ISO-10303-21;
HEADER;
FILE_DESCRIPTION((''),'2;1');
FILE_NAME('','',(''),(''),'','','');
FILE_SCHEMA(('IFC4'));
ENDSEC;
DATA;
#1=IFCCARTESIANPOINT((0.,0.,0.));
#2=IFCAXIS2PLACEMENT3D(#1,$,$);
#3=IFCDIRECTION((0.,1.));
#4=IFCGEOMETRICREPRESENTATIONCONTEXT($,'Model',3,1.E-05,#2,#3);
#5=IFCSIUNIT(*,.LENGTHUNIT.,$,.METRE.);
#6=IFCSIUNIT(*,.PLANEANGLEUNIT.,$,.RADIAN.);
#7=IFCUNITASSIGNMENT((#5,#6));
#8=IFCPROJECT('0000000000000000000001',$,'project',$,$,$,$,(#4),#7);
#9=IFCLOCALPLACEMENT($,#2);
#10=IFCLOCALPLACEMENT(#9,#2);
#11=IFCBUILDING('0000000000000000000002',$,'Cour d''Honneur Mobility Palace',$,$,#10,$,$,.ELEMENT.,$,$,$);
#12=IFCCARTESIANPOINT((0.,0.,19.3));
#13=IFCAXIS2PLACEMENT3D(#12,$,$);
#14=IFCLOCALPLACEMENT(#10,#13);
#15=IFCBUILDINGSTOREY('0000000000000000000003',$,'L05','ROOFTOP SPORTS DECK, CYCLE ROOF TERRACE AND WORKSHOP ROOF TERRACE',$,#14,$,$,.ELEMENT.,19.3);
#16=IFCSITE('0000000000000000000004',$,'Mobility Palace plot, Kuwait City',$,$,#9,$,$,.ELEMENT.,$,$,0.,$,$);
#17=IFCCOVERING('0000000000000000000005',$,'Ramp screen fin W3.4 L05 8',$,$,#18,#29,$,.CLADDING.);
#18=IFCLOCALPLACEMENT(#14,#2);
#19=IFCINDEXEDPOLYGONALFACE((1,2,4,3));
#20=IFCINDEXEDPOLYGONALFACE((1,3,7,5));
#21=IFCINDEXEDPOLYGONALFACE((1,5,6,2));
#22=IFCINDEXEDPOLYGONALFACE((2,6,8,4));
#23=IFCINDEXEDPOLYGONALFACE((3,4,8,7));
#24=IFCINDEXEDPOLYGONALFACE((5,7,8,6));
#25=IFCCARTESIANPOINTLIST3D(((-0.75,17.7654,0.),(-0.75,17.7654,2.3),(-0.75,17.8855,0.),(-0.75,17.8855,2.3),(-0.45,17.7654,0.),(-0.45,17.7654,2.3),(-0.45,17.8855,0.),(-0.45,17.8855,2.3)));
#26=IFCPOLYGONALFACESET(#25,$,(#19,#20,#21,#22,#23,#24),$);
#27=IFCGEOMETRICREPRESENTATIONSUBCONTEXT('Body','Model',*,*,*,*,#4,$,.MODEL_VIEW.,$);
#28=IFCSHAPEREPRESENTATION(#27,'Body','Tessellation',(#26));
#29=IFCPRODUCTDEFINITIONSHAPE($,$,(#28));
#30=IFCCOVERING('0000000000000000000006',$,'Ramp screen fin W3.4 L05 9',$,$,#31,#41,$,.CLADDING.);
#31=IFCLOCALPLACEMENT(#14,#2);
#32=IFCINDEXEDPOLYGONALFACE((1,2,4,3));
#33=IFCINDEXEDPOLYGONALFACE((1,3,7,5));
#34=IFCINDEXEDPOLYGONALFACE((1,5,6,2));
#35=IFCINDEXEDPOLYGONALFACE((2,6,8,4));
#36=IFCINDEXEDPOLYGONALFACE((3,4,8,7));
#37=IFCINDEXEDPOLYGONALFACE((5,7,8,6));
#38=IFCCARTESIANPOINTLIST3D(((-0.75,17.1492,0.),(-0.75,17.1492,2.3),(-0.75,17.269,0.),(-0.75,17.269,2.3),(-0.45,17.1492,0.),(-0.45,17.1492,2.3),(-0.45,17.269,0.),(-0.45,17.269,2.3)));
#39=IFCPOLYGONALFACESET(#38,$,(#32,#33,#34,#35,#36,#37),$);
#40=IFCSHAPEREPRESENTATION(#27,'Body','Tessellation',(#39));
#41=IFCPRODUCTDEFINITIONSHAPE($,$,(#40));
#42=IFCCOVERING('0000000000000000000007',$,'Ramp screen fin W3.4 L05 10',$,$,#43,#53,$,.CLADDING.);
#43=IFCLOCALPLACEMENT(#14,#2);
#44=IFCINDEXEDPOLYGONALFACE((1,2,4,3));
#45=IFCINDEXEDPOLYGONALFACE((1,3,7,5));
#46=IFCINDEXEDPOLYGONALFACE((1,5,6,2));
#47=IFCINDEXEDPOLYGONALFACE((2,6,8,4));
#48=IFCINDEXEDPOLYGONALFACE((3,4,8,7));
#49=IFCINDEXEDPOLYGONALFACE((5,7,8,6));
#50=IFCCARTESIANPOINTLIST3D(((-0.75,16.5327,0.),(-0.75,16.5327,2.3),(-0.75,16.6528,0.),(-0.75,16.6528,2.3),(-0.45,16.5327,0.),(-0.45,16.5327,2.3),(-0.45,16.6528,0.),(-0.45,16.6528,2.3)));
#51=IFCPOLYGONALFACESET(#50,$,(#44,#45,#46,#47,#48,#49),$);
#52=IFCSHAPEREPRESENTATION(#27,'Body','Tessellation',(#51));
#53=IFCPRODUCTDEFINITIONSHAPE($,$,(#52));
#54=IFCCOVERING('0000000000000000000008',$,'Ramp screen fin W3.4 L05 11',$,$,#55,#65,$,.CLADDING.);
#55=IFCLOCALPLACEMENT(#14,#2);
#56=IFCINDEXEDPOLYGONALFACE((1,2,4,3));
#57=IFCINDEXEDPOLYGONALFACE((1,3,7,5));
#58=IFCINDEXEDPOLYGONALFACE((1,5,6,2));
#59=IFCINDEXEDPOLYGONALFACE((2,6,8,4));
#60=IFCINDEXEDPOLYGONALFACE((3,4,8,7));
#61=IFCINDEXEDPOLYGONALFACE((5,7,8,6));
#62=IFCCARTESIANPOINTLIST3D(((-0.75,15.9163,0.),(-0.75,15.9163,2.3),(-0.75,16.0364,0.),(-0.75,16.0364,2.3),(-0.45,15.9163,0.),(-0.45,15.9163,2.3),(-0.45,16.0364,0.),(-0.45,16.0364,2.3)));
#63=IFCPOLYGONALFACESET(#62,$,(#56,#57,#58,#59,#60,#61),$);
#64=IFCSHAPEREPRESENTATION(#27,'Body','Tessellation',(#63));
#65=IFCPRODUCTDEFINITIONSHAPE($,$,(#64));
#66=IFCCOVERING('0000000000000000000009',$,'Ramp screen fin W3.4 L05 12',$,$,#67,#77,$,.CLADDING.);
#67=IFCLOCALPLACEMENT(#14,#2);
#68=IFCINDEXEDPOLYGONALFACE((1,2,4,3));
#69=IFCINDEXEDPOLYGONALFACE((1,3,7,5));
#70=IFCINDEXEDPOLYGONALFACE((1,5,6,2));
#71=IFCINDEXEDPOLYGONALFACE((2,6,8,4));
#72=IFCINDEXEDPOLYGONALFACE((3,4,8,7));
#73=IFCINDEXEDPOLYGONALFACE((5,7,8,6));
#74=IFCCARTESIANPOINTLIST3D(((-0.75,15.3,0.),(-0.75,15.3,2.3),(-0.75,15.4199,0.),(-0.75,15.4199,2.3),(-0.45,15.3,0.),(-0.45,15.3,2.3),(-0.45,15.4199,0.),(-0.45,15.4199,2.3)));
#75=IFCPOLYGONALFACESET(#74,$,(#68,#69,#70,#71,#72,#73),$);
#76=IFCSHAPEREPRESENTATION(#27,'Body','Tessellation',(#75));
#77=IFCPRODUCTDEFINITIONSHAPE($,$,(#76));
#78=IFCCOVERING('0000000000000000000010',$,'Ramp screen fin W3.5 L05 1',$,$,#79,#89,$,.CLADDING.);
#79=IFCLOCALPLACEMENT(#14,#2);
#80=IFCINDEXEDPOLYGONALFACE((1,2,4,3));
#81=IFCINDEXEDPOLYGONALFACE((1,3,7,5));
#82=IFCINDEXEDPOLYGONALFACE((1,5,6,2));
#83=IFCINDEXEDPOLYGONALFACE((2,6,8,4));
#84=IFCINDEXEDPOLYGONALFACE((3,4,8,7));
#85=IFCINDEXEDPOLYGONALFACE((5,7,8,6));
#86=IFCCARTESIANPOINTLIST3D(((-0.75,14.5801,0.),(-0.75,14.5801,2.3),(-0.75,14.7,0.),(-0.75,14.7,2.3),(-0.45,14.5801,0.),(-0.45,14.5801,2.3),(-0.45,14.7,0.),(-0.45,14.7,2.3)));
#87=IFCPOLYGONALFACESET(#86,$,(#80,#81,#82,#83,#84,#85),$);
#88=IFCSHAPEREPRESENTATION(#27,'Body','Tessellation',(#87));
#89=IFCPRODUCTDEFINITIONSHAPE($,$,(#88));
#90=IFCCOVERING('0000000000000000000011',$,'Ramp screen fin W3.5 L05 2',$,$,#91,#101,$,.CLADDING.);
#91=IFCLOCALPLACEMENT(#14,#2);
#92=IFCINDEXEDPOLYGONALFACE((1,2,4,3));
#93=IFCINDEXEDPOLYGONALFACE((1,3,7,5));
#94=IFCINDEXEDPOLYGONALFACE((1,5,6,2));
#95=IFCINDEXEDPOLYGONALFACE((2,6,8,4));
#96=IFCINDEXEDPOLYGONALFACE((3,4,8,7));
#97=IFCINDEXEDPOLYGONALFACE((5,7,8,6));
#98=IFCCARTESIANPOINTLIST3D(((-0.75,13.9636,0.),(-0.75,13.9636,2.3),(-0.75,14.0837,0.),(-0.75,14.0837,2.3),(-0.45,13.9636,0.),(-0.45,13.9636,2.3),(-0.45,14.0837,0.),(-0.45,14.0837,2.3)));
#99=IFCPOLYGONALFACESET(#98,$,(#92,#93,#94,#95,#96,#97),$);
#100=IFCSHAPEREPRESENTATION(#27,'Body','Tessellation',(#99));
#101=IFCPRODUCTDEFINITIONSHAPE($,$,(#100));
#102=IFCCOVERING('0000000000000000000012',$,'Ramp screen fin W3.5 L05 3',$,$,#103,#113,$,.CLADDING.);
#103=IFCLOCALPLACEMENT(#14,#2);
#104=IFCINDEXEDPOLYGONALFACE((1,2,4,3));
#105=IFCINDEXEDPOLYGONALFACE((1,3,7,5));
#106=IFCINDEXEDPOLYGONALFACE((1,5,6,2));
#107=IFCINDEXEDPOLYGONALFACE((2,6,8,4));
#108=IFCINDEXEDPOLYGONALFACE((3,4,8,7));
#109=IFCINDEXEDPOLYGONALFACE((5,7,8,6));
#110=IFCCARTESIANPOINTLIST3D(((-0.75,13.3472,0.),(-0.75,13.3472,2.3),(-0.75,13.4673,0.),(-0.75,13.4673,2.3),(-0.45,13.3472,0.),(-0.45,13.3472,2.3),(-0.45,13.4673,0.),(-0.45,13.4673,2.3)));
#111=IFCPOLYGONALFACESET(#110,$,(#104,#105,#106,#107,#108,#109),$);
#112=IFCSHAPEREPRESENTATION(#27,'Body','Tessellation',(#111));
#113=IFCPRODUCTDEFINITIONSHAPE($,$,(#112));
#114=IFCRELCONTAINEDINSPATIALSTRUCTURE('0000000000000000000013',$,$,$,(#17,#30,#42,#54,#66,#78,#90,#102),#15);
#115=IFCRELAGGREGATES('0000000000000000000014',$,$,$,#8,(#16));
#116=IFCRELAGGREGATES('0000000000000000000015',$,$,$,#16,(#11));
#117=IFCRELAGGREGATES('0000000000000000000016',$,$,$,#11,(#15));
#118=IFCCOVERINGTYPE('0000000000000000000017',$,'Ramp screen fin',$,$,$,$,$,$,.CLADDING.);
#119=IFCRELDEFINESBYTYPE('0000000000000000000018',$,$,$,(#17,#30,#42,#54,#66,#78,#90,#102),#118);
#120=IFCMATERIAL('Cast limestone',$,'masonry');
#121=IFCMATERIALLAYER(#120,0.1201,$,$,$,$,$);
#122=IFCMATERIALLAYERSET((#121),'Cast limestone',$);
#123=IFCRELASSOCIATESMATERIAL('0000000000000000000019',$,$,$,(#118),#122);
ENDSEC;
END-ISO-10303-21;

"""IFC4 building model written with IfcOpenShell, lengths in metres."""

from ifc_helpers import new_model, si_unit, direction, frame, origin, place, context, subcontext, project, spatial, polyline, outline, extrude, material, layer, layer_set, type_object, element, save


model = new_model("IFC4")

# Units and contexts
model_context = context("Model", 3, precision=1e-05, world=origin(), true_north=direction((0.0, 1.0)))
body_context = subcontext(model_context, "Body", "Model", "MODEL_VIEW")
ifc_project = project(units=[si_unit("LENGTHUNIT", "METRE"), si_unit("PLANEANGLEUNIT", "RADIAN")], contexts=[model_context])

# Site, building, storey
site_placement = place(None, origin())
site = spatial("IfcSite", under=ifc_project, at=site_placement, Name="Mobility Palace plot, Kuwait City", CompositionType="ELEMENT", RefElevation=0.0)
building_placement = place(site_placement, origin())
building = spatial("IfcBuilding", under=site, at=building_placement, Name="Cour d'Honneur Mobility Palace", CompositionType="ELEMENT")
storey_placement = place(building_placement, frame((0.0, 0.0, 19.3)))
storey = spatial("IfcBuildingStorey", under=building, at=storey_placement, Name="L05", Description="ROOFTOP SPORTS DECK, CYCLE ROOF TERRACE AND WORKSHOP ROOF TERRACE", CompositionType="ELEMENT", Elevation=19.3)

# Coverings
ifc_material_1 = material(Name="Cast limestone", Category="masonry")
ifc_layer_1 = layer(ifc_material_1, 0.1201)
ifc_layer_set_1 = layer_set([ifc_layer_1], Name="Cast limestone")
covering_type = type_object("IfcCoveringType", Name="Ramp screen fin", PredefinedType="CLADDING", material=ifc_layer_set_1)
covering_1_placement = place(storey_placement, origin())
element("IfcCovering", 1, at=covering_1_placement, inside=storey, type_object=covering_type, Name="Ramp screen fin W3.4 L05 8", PredefinedType="CLADDING", context=body_context, shape_type="SweptSolid", body=[
    extrude(outline(polyline([(-0.45, 17.8855), (-0.45, 17.7654), (-0.75, 17.7654), (-0.75, 17.8855), (-0.45, 17.8855)])), origin(), (0.0, 0.0, 1.0), 2.3),
])
covering_2_placement = place(storey_placement, origin())
element("IfcCovering", 2, at=covering_2_placement, inside=storey, type_object=covering_type, Name="Ramp screen fin W3.4 L05 9", PredefinedType="CLADDING", context=body_context, shape_type="SweptSolid", body=[
    extrude(outline(polyline([(-0.45, 17.269), (-0.45, 17.1492), (-0.75, 17.1492), (-0.75, 17.269), (-0.45, 17.269)])), origin(), (0.0, 0.0, 1.0), 2.3),
])
covering_3_placement = place(storey_placement, origin())
element("IfcCovering", 3, at=covering_3_placement, inside=storey, type_object=covering_type, Name="Ramp screen fin W3.4 L05 10", PredefinedType="CLADDING", context=body_context, shape_type="SweptSolid", body=[
    extrude(outline(polyline([(-0.45, 16.6528), (-0.45, 16.5327), (-0.75, 16.5327), (-0.75, 16.6528), (-0.45, 16.6528)])), origin(), (0.0, 0.0, 1.0), 2.3),
])
covering_4_placement = place(storey_placement, origin())
element("IfcCovering", 4, at=covering_4_placement, inside=storey, type_object=covering_type, Name="Ramp screen fin W3.4 L05 11", PredefinedType="CLADDING", context=body_context, shape_type="SweptSolid", body=[
    extrude(outline(polyline([(-0.45, 16.0364), (-0.45, 15.9163), (-0.75, 15.9163), (-0.75, 16.0364), (-0.45, 16.0364)])), origin(), (0.0, 0.0, 1.0), 2.3),
])
covering_5_placement = place(storey_placement, origin())
element("IfcCovering", 5, at=covering_5_placement, inside=storey, type_object=covering_type, Name="Ramp screen fin W3.4 L05 12", PredefinedType="CLADDING", context=body_context, shape_type="SweptSolid", body=[
    extrude(outline(polyline([(-0.45, 15.4199), (-0.45, 15.3), (-0.75, 15.3), (-0.75, 15.4199), (-0.45, 15.4199)])), origin(), (0.0, 0.0, 1.0), 2.3),
])
covering_6_placement = place(storey_placement, origin())
element("IfcCovering", 6, at=covering_6_placement, inside=storey, type_object=covering_type, Name="Ramp screen fin W3.5 L05 1", PredefinedType="CLADDING", context=body_context, shape_type="SweptSolid", body=[
    extrude(outline(polyline([(-0.45, 14.7), (-0.45, 14.5801), (-0.75, 14.5801), (-0.75, 14.7), (-0.45, 14.7)])), origin(), (0.0, 0.0, 1.0), 2.3),
])
covering_7_placement = place(storey_placement, origin())
element("IfcCovering", 7, at=covering_7_placement, inside=storey, type_object=covering_type, Name="Ramp screen fin W3.5 L05 2", PredefinedType="CLADDING", context=body_context, shape_type="SweptSolid", body=[
    extrude(outline(polyline([(-0.45, 14.0837), (-0.45, 13.9636), (-0.75, 13.9636), (-0.75, 14.0837), (-0.45, 14.0837)])), origin(), (0.0, 0.0, 1.0), 2.3),
])
covering_8_placement = place(storey_placement, origin())
element("IfcCovering", 8, at=covering_8_placement, inside=storey, type_object=covering_type, Name="Ramp screen fin W3.5 L05 3", PredefinedType="CLADDING", context=body_context, shape_type="SweptSolid", body=[
    extrude(outline(polyline([(-0.45, 13.4673), (-0.45, 13.3472), (-0.75, 13.3472), (-0.75, 13.4673), (-0.45, 13.4673)])), origin(), (0.0, 0.0, 1.0), 2.3),
])

save(model, "model.ifc")
